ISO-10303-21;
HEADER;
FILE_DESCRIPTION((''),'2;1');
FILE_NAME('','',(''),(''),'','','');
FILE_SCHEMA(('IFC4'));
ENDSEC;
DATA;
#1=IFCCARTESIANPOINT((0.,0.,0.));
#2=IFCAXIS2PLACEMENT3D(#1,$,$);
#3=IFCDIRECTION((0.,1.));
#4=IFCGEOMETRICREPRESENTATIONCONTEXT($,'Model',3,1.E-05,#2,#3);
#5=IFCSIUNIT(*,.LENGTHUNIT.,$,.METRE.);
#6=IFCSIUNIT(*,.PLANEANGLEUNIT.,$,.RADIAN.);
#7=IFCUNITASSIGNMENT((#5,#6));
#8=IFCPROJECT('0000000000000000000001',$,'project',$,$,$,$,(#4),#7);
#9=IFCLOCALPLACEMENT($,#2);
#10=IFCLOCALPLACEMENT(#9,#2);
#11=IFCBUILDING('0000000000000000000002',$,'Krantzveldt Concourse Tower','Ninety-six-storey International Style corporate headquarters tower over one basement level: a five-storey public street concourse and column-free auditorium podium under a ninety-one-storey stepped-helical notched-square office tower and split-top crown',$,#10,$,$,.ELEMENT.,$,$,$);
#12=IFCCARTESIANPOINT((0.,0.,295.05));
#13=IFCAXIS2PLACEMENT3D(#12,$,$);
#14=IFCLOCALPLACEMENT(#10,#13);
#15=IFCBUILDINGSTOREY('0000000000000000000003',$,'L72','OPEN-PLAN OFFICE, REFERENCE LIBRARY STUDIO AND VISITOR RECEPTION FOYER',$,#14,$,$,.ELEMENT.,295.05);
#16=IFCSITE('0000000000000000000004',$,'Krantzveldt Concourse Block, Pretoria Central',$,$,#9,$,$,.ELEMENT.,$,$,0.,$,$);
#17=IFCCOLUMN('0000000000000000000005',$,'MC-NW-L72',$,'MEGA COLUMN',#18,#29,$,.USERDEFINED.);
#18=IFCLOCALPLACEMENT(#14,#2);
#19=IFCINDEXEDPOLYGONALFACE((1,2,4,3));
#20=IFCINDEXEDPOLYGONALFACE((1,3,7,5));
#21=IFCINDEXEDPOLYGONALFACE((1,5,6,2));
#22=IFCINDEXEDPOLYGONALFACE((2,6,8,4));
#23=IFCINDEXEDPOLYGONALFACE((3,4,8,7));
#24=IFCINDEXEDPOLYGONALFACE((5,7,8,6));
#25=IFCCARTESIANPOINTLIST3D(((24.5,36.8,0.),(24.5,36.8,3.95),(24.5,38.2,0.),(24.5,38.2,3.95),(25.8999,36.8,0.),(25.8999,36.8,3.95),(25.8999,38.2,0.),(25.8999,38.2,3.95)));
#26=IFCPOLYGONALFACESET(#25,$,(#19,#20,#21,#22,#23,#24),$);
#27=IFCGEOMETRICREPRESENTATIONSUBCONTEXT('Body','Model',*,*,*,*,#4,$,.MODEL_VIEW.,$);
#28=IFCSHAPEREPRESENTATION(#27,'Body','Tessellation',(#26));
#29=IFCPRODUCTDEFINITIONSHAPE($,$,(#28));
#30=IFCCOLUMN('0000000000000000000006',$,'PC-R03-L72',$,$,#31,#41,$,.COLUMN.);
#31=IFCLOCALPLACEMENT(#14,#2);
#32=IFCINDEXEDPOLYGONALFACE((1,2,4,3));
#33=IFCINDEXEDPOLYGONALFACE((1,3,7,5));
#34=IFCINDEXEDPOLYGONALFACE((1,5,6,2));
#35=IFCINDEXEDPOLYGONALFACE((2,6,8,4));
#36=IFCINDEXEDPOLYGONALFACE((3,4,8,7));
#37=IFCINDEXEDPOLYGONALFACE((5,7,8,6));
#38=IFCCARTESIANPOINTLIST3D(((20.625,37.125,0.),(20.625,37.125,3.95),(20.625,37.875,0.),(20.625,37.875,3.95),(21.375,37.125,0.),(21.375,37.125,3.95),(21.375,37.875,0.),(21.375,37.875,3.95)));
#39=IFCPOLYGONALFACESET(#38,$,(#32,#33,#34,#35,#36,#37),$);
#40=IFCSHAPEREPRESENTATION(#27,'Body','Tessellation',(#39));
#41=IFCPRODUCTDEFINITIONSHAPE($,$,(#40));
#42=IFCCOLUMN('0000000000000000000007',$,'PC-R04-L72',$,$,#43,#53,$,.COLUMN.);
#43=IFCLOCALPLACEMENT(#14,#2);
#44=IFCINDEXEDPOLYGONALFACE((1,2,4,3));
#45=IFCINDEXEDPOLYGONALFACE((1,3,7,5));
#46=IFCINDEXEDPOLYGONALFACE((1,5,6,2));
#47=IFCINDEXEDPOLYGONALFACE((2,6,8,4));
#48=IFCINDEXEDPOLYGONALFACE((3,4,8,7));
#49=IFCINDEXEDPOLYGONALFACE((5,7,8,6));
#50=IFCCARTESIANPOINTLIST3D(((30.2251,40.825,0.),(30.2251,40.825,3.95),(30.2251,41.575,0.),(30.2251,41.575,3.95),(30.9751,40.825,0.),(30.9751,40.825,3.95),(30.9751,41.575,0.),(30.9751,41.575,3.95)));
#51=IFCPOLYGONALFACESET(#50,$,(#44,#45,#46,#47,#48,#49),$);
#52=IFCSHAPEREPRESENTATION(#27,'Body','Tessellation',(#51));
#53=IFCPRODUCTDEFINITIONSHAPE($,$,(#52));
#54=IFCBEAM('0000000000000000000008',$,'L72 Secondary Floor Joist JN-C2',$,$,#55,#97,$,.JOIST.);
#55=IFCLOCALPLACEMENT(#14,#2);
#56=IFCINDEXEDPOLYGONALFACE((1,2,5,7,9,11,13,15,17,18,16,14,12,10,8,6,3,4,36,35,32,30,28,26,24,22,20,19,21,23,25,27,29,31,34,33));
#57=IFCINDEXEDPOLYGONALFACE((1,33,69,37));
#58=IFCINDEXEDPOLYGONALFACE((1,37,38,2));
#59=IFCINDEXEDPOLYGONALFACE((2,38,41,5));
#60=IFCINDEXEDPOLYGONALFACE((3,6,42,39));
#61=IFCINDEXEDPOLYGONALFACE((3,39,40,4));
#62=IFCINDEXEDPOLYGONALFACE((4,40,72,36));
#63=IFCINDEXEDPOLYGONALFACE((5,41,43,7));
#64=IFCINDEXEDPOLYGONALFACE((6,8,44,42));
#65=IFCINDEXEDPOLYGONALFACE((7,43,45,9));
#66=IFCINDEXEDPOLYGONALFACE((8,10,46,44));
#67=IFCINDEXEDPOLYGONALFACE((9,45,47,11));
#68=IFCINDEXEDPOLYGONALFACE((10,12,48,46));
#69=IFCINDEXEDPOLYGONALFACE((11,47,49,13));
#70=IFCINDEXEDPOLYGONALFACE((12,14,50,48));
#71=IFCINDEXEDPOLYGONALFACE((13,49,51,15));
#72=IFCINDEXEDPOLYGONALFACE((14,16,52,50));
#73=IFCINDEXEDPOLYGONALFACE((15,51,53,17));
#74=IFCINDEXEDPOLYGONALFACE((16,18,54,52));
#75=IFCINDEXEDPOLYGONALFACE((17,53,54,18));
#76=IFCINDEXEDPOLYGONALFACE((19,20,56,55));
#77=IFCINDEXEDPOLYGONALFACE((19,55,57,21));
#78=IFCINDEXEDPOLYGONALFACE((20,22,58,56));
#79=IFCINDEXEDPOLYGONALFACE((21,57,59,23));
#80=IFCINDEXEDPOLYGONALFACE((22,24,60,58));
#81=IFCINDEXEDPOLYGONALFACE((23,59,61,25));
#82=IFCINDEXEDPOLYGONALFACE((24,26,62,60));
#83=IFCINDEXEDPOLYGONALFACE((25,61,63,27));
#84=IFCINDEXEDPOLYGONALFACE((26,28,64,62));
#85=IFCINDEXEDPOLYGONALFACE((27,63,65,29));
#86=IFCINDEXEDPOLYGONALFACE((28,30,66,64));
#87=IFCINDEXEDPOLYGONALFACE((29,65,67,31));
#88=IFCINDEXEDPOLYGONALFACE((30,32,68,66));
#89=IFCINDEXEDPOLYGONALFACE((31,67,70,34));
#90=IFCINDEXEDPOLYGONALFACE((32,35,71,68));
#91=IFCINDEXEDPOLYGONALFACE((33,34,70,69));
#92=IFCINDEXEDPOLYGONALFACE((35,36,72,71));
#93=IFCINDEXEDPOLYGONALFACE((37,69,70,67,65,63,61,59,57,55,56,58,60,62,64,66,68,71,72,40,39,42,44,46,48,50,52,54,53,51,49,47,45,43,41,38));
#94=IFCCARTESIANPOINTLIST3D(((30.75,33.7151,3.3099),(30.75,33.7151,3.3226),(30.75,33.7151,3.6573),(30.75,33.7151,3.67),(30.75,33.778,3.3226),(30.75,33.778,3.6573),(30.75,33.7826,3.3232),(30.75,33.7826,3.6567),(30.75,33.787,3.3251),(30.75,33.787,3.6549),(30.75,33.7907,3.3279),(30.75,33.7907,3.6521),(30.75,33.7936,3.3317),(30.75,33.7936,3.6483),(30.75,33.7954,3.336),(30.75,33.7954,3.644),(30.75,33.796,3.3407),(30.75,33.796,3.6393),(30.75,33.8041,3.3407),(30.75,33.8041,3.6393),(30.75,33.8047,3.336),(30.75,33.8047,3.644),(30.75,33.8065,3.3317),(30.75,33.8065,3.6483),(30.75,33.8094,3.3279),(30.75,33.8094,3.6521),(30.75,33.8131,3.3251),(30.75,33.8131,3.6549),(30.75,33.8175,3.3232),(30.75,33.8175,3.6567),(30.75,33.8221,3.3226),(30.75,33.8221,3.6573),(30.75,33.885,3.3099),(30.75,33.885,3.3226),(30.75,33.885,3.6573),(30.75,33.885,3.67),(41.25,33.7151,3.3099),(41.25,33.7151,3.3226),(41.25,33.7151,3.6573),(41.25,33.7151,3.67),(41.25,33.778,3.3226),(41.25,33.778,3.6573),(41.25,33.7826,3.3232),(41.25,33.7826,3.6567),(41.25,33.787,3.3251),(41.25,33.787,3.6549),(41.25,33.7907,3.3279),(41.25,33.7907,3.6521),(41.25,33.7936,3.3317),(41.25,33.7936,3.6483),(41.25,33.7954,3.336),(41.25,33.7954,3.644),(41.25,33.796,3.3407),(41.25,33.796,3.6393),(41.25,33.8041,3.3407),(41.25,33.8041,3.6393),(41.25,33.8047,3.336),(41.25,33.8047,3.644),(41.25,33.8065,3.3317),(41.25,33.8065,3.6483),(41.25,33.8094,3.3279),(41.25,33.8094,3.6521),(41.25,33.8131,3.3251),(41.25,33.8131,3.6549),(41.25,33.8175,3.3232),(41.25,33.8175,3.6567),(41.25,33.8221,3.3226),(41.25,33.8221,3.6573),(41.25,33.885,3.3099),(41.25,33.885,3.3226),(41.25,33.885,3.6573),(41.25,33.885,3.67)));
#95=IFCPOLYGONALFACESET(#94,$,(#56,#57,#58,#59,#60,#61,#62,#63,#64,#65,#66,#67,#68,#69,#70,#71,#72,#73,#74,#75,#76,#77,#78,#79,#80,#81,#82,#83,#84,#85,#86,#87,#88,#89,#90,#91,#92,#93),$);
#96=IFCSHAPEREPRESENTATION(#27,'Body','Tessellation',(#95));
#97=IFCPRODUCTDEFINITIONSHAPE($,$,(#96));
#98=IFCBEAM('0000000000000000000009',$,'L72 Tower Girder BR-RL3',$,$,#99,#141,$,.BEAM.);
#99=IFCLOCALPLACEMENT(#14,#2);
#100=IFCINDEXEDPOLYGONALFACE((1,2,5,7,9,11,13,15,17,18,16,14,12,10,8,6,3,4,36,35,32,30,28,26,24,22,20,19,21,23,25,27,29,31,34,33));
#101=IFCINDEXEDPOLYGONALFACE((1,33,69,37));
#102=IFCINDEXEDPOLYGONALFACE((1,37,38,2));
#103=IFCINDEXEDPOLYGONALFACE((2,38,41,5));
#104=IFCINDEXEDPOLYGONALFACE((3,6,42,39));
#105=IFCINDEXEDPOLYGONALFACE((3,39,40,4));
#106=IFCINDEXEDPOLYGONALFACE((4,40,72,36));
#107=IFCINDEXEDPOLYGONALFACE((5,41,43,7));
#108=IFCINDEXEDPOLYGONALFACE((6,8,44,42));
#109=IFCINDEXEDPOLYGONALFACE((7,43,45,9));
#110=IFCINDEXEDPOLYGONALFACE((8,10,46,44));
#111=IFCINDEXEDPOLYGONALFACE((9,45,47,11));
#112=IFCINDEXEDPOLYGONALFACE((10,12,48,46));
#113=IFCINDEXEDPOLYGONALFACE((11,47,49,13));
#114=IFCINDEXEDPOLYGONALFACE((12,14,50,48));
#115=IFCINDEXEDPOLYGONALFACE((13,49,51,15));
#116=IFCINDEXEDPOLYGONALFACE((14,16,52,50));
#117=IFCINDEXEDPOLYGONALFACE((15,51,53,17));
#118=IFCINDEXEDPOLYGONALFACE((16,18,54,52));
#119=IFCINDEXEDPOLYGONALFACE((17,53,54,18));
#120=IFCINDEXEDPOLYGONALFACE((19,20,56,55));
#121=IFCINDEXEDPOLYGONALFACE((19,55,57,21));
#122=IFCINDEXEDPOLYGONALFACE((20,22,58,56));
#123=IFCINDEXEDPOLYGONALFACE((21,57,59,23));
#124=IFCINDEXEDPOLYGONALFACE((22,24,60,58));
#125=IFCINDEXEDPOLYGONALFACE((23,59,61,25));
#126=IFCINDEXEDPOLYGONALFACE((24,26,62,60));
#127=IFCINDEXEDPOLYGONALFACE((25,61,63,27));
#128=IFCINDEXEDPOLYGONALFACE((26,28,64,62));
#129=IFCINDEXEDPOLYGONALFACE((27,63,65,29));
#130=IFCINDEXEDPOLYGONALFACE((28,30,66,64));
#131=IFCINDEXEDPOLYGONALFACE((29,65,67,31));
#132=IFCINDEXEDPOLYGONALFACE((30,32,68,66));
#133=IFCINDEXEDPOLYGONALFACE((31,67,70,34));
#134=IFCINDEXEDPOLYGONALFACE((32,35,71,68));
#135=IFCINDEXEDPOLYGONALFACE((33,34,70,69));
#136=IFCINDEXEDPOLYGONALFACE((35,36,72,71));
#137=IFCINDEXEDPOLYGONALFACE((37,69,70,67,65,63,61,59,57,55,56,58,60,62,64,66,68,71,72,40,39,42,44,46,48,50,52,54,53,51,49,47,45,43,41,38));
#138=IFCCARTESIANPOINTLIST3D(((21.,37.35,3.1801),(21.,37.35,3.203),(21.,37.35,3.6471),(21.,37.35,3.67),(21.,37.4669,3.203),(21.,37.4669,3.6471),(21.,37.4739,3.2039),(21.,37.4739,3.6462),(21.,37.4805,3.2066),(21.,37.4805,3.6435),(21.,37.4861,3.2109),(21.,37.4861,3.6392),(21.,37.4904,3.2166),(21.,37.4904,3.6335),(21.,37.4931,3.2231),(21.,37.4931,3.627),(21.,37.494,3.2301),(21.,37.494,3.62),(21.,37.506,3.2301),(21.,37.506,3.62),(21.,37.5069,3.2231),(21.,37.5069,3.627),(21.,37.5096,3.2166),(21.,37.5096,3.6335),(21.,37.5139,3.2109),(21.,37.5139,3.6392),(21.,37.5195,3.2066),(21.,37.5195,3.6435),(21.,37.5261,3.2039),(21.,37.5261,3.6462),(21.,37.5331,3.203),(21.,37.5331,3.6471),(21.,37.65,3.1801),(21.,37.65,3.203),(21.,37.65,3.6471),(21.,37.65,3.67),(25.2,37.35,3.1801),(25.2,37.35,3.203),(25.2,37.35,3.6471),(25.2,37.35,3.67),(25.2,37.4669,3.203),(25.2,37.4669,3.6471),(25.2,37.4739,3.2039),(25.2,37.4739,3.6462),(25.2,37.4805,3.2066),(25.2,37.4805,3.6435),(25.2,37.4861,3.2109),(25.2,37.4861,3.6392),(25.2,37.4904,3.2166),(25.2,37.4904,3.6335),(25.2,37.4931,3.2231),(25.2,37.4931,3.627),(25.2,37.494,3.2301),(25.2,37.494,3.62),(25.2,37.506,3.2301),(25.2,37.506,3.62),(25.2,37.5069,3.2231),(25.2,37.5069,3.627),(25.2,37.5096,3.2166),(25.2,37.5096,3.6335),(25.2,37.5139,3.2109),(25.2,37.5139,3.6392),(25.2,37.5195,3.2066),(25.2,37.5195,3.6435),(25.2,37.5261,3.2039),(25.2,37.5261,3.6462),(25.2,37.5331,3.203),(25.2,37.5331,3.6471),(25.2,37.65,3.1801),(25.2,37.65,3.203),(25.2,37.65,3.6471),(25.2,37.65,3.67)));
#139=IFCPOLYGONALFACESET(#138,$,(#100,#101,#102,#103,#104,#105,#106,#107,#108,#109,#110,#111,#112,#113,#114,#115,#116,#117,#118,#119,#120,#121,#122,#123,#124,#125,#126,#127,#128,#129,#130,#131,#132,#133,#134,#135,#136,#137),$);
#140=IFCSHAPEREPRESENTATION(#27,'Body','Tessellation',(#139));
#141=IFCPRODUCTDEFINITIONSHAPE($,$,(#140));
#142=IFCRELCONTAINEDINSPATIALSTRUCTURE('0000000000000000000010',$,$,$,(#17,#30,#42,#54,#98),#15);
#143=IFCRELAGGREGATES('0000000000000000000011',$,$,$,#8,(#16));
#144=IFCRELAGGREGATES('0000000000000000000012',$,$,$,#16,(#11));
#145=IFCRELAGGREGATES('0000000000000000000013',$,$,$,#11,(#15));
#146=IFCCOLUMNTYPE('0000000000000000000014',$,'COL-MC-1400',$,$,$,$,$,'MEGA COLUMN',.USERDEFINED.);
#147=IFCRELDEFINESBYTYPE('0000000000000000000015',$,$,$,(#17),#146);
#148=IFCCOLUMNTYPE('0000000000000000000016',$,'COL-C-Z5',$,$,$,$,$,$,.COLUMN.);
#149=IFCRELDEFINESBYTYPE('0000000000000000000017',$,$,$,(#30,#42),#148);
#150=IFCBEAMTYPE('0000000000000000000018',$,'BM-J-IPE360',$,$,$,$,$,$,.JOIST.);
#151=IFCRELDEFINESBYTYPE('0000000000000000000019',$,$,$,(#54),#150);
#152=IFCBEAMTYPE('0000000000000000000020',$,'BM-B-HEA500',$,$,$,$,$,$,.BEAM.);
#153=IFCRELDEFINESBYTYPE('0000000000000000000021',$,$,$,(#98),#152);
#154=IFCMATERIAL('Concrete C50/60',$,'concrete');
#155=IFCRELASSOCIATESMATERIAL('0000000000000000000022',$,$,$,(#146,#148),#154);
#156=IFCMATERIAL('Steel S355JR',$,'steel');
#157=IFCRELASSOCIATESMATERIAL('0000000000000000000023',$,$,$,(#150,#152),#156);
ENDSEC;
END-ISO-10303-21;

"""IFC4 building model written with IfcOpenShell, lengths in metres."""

from ifc_helpers import new_model, si_unit, direction, frame, origin, origin_2d, place, context, subcontext, project, spatial, rectangle, i_section, extrude, source, transform, mapped, material, material_profile, profile_set, type_object, type_shapes, element, save


model = new_model("IFC4")

# Units and contexts
model_context = context("Model", 3, precision=1e-05, world=origin(), true_north=direction((0.0, 1.0)))
body_context = subcontext(model_context, "Body", "Model", "MODEL_VIEW")
ifc_project = project(units=[si_unit("LENGTHUNIT", "METRE"), si_unit("PLANEANGLEUNIT", "RADIAN")], contexts=[model_context])

# Site, building, storey
site_placement = place(None, origin())
site = spatial("IfcSite", under=ifc_project, at=site_placement, Name="Krantzveldt Concourse Block, Pretoria Central", CompositionType="ELEMENT", RefElevation=0.0)
building_placement = place(site_placement, origin())
building = spatial("IfcBuilding", under=site, at=building_placement, Name="Krantzveldt Concourse Tower", Description="Ninety-six-storey International Style corporate headquarters tower over one basement level: a five-storey public street concourse and column-free auditorium podium under a ninety-one-storey stepped-helical notched-square office tower and split-top crown", CompositionType="ELEMENT")
storey_placement = place(building_placement, frame((0.0, 0.0, 295.05)))
storey = spatial("IfcBuildingStorey", under=building, at=storey_placement, Name="L72", Description="OPEN-PLAN OFFICE, REFERENCE LIBRARY STUDIO AND VISITOR RECEPTION FOYER", CompositionType="ELEMENT", Elevation=295.05)

# Columns
ifc_material_1 = material(Name="Concrete C50/60", Category="concrete")
ifc_material_profile_1 = material_profile(ifc_material_1, rectangle(XDim=1.3999, YDim=1.3999, at=origin_2d()), Name="Concrete C50/60", Category="concrete")
ifc_profile_set_1 = profile_set([ifc_material_profile_1], Name="Concrete C50/60 - RC 1400x1400")
column_type_1 = type_object("IfcColumnType", Name="COL-MC-1400", ElementType="MEGA COLUMN", PredefinedType="USERDEFINED", material=ifc_profile_set_1)
shared_shape_1 = source(origin(), body_context, "Body", "SweptSolid", [
    extrude(rectangle(XDim=1.3999, YDim=1.3999, at=origin_2d()), origin(), (0.0, 0.0, 1.0), 3.95),
])
type_shapes(column_type_1, [shared_shape_1])
column_placement = place(storey_placement, frame((25.2, 37.5, 0.0), z_axis=(0.0, 0.0, 1.0), x_axis=(1.0, 0.0, 0.0)))
element("IfcColumn", 1, at=column_placement, inside=storey, type_object=column_type_1, Name="MC-NW-L72", ObjectType="MEGA COLUMN", PredefinedType="USERDEFINED", context=body_context, shape_type="MappedRepresentation", body=[
    mapped(shared_shape_1, transform((0.0, 0.0, 0.0), x_axis=(1.0, 0.0, 0.0), y_axis=(0.0, 1.0, 0.0), z_axis=(0.0, 0.0, 1.0), scale=1.0)),
])
ifc_material_profile_2 = material_profile(ifc_material_1, rectangle(XDim=0.75, YDim=0.75, at=origin_2d()), Name="Concrete C50/60", Category="concrete")
ifc_profile_set_2 = profile_set([ifc_material_profile_2], Name="Concrete C50/60 - RC 750x750")
column_type_2 = type_object("IfcColumnType", Name="COL-C-Z5", PredefinedType="COLUMN", material=ifc_profile_set_2)
shared_shape_2 = source(origin(), body_context, "Body", "SweptSolid", [
    extrude(rectangle(XDim=0.75, YDim=0.75, at=origin_2d()), origin(), (0.0, 0.0, 1.0), 3.95),
])
type_shapes(column_type_2, [shared_shape_2])
for number, where, z_axis, x_axis, name in (
    (2, (21.0, 37.5, 0.0), (0.0, 0.0, 1.0), (1.0, 0.0, 0.0), "PC-R03-L72"),
    (3, (30.6001, 41.2, 0.0), (0.0, 0.0, 1.0), (1.0, 0.0, 0.0), "PC-R04-L72"),
):
    element("IfcColumn", number, at=place(storey_placement, frame(where, z_axis=z_axis, x_axis=x_axis)), inside=storey, type_object=column_type_2, Name=name, PredefinedType="COLUMN", context=body_context, shape_type="MappedRepresentation", body=[
        mapped(shared_shape_2, transform((0.0, 0.0, 0.0), x_axis=(1.0, 0.0, 0.0), y_axis=(0.0, 1.0, 0.0), z_axis=(0.0, 0.0, 1.0), scale=1.0)),
    ])

# Beams
ifc_material_2 = material(Name="Steel S355JR", Category="steel")
ifc_material_profile_3 = material_profile(ifc_material_2, i_section(OverallWidth=0.1699, OverallDepth=0.3601, WebThickness=0.0081, FlangeThickness=0.0127, FilletRadius=0.0181, at=origin_2d()), Name="Steel S355JR", Category="steel")
ifc_profile_set_3 = profile_set([ifc_material_profile_3], Name="Steel S355JR - IPE 360")
beam_type_1 = type_object("IfcBeamType", Name="BM-J-IPE360", PredefinedType="JOIST", material=ifc_profile_set_3)
shared_shape_3 = source(origin(), body_context, "Body", "SweptSolid", [
    extrude(i_section(OverallWidth=0.1699, OverallDepth=0.3601, WebThickness=0.0081, FlangeThickness=0.0127, FilletRadius=0.0181, at=origin_2d()), origin(), (0.0, 0.0, 1.0), 10.5),
])
beam_1_placement = place(storey_placement, frame((30.75, 33.8, 3.49), z_axis=(1.0, 0.0, 0.0), x_axis=(0.0, 1.0, 0.0)))
element("IfcBeam", 4, at=beam_1_placement, inside=storey, type_object=beam_type_1, Name="L72 Secondary Floor Joist JN-C2", PredefinedType="JOIST", context=body_context, shape_type="MappedRepresentation", body=[
    mapped(shared_shape_3, transform((0.0, 0.0, 0.0), x_axis=(1.0, 0.0, 0.0), y_axis=(0.0, 1.0, 0.0), z_axis=(0.0, 0.0, 1.0), scale=1.0)),
])
ifc_material_profile_4 = material_profile(ifc_material_2, i_section(OverallWidth=0.3, OverallDepth=0.49, WebThickness=0.012, FlangeThickness=0.0229, FilletRadius=0.0271, at=origin_2d()), Name="Steel S355JR", Category="steel")
ifc_profile_set_4 = profile_set([ifc_material_profile_4], Name="Steel S355JR - HEA 500")
beam_type_2 = type_object("IfcBeamType", Name="BM-B-HEA500", PredefinedType="BEAM", material=ifc_profile_set_4)
shared_shape_4 = source(origin(), body_context, "Body", "SweptSolid", [
    extrude(i_section(OverallWidth=0.3, OverallDepth=0.49, WebThickness=0.012, FlangeThickness=0.0229, FilletRadius=0.0271, at=origin_2d()), origin(), (0.0, 0.0, 1.0), 4.2),
])
beam_2_placement = place(storey_placement, frame((21.0, 37.5, 3.425), z_axis=(1.0, 0.0, 0.0), x_axis=(0.0, 1.0, 0.0)))
element("IfcBeam", 5, at=beam_2_placement, inside=storey, type_object=beam_type_2, Name="L72 Tower Girder BR-RL3", PredefinedType="BEAM", context=body_context, shape_type="MappedRepresentation", body=[
    mapped(shared_shape_4, transform((0.0, 0.0, 0.0), x_axis=(1.0, 0.0, 0.0), y_axis=(0.0, 1.0, 0.0), z_axis=(0.0, 0.0, 1.0), scale=1.0)),
])

save(model, "model.ifc")
